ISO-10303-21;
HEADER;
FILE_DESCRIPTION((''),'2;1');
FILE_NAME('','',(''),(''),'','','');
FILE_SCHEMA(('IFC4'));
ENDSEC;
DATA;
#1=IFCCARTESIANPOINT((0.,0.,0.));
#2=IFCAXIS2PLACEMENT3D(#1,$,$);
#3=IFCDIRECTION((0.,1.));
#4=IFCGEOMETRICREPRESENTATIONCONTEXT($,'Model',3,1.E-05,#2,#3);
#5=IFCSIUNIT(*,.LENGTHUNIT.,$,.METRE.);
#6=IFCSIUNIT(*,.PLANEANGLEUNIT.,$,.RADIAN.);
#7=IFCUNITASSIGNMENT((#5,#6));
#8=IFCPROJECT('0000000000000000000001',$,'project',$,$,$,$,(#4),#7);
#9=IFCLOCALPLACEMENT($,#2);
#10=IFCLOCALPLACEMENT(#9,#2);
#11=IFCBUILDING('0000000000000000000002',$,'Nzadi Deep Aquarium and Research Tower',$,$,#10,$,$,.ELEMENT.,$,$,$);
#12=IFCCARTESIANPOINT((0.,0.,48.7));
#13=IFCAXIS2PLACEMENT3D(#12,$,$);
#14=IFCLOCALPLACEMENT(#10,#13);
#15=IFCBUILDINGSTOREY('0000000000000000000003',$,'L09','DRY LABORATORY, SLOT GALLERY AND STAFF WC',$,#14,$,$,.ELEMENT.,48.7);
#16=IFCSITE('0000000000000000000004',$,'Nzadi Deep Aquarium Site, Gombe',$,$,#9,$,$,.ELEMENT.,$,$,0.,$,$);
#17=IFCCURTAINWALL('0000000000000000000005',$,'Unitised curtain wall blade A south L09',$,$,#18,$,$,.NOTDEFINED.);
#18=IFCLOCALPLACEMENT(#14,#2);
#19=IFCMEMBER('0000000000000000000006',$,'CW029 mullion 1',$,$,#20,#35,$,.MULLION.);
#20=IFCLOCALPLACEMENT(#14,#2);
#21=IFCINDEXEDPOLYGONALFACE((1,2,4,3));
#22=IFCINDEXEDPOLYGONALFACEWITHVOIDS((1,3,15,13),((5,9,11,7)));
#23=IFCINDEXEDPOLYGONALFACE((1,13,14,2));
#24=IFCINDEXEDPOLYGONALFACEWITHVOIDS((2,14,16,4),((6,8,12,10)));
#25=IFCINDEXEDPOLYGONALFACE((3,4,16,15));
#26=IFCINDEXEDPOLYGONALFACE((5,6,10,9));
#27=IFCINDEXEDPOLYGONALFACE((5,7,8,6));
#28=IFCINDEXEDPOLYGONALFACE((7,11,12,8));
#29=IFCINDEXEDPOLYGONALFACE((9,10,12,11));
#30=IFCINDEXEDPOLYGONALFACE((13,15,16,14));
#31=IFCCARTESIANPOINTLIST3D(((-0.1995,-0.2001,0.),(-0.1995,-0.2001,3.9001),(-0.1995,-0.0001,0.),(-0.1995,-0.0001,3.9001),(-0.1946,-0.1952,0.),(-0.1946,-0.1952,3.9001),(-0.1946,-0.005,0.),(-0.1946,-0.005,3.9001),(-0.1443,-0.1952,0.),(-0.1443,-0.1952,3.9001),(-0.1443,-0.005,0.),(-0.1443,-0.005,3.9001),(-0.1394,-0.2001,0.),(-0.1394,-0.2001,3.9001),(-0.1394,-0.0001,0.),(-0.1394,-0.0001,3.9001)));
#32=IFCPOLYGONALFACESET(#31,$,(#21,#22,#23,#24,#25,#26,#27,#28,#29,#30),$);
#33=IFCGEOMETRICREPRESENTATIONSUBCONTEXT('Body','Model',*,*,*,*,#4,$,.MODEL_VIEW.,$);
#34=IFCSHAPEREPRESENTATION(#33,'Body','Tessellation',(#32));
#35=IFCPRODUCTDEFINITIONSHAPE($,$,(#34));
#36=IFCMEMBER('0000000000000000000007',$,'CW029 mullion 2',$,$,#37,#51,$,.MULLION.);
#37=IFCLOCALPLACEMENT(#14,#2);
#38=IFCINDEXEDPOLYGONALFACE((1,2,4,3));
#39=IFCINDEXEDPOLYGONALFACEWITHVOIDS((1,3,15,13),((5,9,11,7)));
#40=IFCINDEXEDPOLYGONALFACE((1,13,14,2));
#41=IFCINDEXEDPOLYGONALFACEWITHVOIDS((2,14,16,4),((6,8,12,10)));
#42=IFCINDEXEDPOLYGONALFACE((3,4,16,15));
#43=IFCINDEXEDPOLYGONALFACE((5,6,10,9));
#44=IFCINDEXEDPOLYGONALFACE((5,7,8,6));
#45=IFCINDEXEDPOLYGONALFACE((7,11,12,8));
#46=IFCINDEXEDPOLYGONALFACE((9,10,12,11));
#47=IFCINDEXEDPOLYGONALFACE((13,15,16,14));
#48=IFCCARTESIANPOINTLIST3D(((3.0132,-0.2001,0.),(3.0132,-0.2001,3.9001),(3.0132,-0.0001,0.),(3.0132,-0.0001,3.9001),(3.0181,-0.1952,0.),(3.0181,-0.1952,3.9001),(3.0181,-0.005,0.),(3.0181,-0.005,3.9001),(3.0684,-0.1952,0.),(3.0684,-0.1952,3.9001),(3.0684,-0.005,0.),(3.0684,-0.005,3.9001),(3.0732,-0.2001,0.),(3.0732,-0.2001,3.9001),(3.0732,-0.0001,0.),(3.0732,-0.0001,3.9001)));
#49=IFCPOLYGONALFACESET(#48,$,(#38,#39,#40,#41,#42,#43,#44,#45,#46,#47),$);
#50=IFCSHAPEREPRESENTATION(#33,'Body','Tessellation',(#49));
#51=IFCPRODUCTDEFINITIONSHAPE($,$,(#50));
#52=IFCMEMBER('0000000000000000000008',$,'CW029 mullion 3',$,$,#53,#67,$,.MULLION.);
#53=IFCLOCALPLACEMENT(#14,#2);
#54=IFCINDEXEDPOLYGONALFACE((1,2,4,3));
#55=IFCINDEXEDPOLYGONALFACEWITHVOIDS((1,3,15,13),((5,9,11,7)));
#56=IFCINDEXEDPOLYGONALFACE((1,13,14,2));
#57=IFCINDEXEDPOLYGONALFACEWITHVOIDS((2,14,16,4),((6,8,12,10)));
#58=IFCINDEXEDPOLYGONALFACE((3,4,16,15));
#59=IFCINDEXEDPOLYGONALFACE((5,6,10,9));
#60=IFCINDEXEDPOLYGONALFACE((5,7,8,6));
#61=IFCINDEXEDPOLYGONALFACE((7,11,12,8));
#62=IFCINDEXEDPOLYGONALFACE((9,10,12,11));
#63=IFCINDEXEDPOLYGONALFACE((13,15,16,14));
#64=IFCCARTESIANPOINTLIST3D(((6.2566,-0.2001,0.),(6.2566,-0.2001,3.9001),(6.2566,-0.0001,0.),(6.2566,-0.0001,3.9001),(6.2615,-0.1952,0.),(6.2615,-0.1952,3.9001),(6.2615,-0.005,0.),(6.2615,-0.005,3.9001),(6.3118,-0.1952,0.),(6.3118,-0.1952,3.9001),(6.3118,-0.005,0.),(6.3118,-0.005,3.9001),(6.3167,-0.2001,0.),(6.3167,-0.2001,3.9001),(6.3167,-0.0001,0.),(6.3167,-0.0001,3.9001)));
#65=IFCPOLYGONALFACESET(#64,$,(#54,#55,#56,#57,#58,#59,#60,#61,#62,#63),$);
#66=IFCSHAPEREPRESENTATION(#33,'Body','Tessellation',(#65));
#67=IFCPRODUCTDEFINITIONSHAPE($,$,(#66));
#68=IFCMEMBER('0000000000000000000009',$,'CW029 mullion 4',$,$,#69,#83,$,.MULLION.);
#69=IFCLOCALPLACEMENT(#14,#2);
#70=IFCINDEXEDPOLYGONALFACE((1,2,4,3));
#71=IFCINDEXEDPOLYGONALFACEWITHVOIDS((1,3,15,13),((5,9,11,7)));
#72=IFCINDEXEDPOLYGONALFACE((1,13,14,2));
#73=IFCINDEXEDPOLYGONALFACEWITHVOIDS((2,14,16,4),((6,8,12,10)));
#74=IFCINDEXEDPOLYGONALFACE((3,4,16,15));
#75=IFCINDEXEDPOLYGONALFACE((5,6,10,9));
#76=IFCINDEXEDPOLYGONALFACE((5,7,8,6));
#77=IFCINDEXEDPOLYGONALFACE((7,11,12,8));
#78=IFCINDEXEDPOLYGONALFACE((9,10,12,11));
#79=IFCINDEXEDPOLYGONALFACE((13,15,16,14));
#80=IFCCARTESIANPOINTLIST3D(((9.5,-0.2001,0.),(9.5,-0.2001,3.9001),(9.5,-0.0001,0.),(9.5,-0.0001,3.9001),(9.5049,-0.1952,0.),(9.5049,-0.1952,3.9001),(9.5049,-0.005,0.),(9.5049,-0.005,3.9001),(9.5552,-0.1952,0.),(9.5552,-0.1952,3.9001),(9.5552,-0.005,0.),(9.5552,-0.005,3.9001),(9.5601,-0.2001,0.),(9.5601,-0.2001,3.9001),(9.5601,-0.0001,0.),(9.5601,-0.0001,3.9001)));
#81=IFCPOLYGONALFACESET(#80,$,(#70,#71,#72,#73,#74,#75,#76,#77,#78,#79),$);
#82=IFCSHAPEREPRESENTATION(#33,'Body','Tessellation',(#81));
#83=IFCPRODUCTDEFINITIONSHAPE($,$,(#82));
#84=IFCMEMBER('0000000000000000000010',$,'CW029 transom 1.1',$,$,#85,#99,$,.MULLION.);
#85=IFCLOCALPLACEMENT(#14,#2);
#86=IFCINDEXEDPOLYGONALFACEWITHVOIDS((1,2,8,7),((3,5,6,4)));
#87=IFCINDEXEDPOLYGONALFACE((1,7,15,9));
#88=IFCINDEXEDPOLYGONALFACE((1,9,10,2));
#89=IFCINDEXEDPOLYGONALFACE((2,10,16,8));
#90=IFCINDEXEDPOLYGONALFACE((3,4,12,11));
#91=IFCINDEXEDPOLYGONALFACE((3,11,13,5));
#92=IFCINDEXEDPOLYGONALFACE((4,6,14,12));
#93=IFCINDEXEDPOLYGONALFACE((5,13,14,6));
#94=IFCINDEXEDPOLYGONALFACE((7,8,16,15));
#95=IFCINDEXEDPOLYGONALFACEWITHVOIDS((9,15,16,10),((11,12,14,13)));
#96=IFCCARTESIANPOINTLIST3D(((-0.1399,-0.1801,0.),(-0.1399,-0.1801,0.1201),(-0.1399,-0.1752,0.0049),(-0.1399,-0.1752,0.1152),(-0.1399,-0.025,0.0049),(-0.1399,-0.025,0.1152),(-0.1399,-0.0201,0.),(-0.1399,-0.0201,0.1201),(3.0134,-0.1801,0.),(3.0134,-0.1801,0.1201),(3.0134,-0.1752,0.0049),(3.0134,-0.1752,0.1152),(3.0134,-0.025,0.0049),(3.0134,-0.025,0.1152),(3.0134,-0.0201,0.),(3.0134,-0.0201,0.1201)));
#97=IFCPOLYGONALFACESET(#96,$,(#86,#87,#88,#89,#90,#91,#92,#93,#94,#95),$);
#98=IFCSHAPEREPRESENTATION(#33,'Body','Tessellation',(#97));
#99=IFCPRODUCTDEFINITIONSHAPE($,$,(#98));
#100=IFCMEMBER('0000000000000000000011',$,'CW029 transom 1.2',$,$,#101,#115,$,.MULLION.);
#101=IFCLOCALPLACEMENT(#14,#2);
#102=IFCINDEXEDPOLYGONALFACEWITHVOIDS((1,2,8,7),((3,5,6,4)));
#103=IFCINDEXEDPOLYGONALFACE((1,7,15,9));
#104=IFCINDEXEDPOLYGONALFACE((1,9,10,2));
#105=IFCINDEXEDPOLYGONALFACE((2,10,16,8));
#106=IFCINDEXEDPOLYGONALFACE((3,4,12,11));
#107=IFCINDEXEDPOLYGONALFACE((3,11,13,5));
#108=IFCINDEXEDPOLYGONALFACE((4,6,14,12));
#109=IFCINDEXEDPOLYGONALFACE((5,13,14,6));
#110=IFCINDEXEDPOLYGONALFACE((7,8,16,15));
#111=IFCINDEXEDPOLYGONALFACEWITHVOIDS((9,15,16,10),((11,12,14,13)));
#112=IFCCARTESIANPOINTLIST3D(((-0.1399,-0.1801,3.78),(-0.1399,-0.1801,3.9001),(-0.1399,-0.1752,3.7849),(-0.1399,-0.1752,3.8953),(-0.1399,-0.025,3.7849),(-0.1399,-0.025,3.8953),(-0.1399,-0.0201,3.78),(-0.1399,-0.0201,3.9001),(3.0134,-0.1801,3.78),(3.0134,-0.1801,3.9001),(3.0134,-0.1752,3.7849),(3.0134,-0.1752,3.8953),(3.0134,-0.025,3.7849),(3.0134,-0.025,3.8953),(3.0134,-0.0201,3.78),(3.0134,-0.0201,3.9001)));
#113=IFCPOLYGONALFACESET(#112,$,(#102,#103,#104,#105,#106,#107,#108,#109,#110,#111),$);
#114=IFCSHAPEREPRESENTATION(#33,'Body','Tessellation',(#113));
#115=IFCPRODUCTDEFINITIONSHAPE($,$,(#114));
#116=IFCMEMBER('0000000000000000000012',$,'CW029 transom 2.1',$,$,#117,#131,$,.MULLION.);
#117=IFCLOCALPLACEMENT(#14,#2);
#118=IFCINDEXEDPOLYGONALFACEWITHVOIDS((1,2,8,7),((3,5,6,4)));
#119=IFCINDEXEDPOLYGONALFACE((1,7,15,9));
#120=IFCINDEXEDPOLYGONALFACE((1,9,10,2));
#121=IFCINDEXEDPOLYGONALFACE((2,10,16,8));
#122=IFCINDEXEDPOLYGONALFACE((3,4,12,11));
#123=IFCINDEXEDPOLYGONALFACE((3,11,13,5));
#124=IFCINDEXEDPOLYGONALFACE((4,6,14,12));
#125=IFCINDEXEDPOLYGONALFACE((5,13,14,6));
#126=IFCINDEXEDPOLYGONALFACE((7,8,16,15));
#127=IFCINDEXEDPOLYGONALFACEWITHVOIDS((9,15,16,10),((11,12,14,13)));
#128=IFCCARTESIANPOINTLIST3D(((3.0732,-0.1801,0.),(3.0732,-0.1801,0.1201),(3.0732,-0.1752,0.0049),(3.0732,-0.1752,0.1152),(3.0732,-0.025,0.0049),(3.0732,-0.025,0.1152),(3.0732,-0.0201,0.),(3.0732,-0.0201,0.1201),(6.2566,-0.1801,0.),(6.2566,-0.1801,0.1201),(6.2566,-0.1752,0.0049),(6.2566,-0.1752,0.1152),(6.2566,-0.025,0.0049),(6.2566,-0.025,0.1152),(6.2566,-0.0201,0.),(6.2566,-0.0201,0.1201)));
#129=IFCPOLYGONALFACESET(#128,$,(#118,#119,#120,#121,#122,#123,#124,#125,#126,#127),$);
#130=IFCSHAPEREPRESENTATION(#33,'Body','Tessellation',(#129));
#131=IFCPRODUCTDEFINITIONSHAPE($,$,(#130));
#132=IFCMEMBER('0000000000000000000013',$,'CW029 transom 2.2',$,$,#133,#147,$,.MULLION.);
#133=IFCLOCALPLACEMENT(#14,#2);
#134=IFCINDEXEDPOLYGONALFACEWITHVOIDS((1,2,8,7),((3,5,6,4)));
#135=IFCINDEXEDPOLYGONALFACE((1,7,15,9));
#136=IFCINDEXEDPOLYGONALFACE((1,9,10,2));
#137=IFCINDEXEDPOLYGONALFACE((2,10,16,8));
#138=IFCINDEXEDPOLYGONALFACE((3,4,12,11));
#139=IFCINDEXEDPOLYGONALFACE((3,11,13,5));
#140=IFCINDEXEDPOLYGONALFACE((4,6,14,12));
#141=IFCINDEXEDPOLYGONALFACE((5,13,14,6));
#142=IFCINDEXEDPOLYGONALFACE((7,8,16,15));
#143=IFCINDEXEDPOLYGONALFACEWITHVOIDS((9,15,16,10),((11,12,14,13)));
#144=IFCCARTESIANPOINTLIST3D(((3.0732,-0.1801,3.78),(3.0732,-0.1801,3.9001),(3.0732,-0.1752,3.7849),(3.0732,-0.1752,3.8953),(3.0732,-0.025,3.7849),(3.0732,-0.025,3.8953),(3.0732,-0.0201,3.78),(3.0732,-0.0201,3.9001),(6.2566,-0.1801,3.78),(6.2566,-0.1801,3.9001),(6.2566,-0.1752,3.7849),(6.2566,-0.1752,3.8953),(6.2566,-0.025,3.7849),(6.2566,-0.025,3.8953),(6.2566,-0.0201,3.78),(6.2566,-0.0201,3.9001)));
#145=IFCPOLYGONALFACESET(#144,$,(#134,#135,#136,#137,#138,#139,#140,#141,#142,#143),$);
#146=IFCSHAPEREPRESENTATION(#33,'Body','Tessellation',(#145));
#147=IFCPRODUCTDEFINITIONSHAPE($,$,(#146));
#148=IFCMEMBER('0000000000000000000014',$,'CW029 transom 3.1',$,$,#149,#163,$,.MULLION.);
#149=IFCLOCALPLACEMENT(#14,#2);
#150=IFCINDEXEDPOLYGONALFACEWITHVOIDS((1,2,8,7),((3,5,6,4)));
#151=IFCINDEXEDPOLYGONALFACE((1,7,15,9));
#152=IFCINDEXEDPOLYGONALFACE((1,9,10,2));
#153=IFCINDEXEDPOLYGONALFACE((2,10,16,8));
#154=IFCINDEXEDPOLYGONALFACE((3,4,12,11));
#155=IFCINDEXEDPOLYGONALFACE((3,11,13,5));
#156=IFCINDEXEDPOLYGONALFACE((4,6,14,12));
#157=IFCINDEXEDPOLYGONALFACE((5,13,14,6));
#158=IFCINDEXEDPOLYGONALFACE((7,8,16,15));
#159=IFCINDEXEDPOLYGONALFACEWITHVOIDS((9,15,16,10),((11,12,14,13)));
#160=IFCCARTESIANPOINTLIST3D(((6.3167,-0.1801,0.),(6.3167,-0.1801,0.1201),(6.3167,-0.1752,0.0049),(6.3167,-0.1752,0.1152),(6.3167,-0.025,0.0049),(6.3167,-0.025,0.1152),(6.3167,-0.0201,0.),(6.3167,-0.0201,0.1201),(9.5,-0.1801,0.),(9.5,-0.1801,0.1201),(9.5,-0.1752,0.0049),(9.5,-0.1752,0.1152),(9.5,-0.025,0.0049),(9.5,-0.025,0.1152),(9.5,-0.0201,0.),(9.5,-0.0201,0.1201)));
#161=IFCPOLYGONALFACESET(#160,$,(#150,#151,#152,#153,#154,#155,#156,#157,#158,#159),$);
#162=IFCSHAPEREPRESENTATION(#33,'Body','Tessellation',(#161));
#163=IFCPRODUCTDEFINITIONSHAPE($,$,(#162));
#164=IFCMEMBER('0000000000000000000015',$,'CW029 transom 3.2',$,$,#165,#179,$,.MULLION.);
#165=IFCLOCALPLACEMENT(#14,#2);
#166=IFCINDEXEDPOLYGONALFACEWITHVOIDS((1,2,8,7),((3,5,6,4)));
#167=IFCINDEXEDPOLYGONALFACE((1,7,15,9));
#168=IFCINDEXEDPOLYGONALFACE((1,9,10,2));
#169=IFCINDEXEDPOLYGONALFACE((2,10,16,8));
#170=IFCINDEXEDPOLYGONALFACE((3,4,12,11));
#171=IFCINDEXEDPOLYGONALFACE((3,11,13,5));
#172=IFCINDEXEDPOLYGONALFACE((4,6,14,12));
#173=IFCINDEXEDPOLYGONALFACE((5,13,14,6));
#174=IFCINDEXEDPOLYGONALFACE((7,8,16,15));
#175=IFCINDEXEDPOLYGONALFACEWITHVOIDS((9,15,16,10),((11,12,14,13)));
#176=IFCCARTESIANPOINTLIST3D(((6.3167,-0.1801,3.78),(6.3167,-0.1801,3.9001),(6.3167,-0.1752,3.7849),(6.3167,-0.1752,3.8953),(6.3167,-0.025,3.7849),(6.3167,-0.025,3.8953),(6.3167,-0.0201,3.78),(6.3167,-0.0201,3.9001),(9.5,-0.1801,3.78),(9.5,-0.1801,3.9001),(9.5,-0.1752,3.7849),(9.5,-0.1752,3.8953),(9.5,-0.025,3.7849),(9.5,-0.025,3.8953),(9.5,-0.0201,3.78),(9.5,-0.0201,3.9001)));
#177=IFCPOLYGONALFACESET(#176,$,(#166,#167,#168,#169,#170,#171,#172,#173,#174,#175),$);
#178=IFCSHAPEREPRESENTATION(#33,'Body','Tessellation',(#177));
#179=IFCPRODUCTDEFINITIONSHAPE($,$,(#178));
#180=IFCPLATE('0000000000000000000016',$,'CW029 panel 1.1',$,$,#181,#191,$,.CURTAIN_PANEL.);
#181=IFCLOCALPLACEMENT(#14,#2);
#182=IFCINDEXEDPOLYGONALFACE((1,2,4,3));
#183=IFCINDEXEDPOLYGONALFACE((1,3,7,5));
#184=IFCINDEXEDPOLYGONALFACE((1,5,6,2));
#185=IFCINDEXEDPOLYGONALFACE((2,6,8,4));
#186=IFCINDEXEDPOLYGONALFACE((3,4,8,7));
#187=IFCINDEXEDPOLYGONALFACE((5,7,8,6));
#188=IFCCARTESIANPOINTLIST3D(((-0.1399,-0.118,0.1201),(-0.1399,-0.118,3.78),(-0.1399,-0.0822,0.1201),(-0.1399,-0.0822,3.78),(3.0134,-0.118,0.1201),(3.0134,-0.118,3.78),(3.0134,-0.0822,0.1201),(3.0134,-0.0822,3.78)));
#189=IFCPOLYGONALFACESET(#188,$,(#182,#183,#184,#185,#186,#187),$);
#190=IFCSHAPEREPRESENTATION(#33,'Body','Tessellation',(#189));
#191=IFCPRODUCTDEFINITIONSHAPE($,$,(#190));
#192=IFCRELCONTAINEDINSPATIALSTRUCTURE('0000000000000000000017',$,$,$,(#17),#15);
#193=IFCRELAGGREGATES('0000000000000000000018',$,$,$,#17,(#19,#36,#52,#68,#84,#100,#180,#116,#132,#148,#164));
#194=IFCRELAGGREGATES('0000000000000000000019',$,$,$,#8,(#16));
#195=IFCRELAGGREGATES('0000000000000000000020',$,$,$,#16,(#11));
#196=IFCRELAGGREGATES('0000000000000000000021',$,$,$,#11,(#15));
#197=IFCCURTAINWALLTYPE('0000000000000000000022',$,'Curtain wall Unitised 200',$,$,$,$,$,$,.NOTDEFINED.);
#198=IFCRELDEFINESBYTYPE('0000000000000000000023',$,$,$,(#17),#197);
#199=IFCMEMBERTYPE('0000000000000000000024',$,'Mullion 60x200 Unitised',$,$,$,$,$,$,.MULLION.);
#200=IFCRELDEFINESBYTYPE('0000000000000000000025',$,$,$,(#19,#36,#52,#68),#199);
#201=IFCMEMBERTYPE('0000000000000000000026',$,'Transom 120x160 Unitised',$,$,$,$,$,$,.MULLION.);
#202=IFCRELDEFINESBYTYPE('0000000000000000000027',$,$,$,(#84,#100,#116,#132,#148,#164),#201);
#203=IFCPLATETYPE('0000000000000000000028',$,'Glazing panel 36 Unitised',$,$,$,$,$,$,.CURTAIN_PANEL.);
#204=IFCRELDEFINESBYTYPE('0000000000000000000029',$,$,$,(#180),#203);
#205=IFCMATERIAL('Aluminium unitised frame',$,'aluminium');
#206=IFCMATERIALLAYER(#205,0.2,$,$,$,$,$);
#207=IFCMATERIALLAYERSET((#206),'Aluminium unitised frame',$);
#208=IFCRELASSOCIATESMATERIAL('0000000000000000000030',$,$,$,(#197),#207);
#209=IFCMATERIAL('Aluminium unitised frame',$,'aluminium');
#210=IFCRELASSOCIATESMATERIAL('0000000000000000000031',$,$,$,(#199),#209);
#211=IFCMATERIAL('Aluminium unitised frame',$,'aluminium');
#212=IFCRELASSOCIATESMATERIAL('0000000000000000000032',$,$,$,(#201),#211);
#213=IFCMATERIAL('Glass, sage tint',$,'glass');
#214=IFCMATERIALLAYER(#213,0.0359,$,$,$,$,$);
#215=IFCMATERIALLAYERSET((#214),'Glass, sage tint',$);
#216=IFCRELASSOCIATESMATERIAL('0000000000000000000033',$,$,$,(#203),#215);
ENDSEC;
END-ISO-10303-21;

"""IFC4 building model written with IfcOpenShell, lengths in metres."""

from ifc_helpers import new_model, si_unit, direction, frame, origin, origin_2d, place, context, subcontext, project, spatial, rectangle, hollow_rectangle, extrude, material, layer, layer_set, material_profile, profile_set, type_object, element, aggregate, save


model = new_model("IFC4")

# Units and contexts
model_context = context("Model", 3, precision=1e-05, world=origin(), true_north=direction((0.0, 1.0)))
body_context = subcontext(model_context, "Body", "Model", "MODEL_VIEW")
ifc_project = project(units=[si_unit("LENGTHUNIT", "METRE"), si_unit("PLANEANGLEUNIT", "RADIAN")], contexts=[model_context])

# Site, building, storey
site_placement = place(None, origin())
site = spatial("IfcSite", under=ifc_project, at=site_placement, Name="Nzadi Deep Aquarium Site, Gombe", CompositionType="ELEMENT", RefElevation=0.0)
building_placement = place(site_placement, origin())
building = spatial("IfcBuilding", under=site, at=building_placement, Name="Nzadi Deep Aquarium and Research Tower", CompositionType="ELEMENT")
storey_placement = place(building_placement, frame((0.0, 0.0, 48.7)))
storey = spatial("IfcBuildingStorey", under=building, at=storey_placement, Name="L09", Description="DRY LABORATORY, SLOT GALLERY AND STAFF WC", CompositionType="ELEMENT", Elevation=48.7)

# Curtain wall, members, plate
ifc_material_1 = material(Name="Aluminium unitised frame", Category="aluminium")
ifc_layer_1 = layer(ifc_material_1, 0.2)
ifc_layer_set_1 = layer_set([ifc_layer_1], Name="Aluminium unitised frame")
curtain_wall_type = type_object("IfcCurtainWallType", Name="Curtain wall Unitised 200", PredefinedType="NOTDEFINED", material=ifc_layer_set_1)
curtain_wall_placement = place(storey_placement, origin())
curtain_wall = element("IfcCurtainWall", 1, at=curtain_wall_placement, inside=storey, type_object=curtain_wall_type, Name="Unitised curtain wall blade A south L09", PredefinedType="NOTDEFINED")
ifc_material_2 = material(Name="Aluminium unitised frame", Category="aluminium")
ifc_material_profile_1 = material_profile(ifc_material_2, hollow_rectangle(XDim=0.2, YDim=0.0601, WallThickness=0.0049, at=origin_2d()))
ifc_profile_set_1 = profile_set([ifc_material_profile_1], Name="Aluminium unitised frame")
member_type_1 = type_object("IfcMemberType", Name="Mullion 60x200 Unitised", PredefinedType="MULLION", material=ifc_profile_set_1)
member_1_placement = place(storey_placement, frame((-0.1694, -0.1001, 0.0), z_axis=(0.0, 0.0, 1.0), x_axis=(0.0, 1.0, 0.0)))
member_1 = element("IfcMember", 2, at=member_1_placement, type_object=member_type_1, Name="CW029 mullion 1", PredefinedType="MULLION", context=body_context, shape_type="SweptSolid", body=[
    extrude(hollow_rectangle(XDim=0.2, YDim=0.0601, WallThickness=0.0049, at=origin_2d()), origin(), (0.0, 0.0, 1.0), 3.9001),
])
member_2_placement = place(storey_placement, frame((3.0432, -0.1001, 0.0), z_axis=(0.0, 0.0, 1.0), x_axis=(0.0, 1.0, 0.0)))
member_2 = element("IfcMember", 3, at=member_2_placement, type_object=member_type_1, Name="CW029 mullion 2", PredefinedType="MULLION", context=body_context, shape_type="SweptSolid", body=[
    extrude(hollow_rectangle(XDim=0.2, YDim=0.0601, WallThickness=0.0049, at=origin_2d()), origin(), (0.0, 0.0, 1.0), 3.9001),
])
member_3_placement = place(storey_placement, frame((6.2866, -0.1001, 0.0), z_axis=(0.0, 0.0, 1.0), x_axis=(0.0, 1.0, 0.0)))
member_3 = element("IfcMember", 4, at=member_3_placement, type_object=member_type_1, Name="CW029 mullion 3", PredefinedType="MULLION", context=body_context, shape_type="SweptSolid", body=[
    extrude(hollow_rectangle(XDim=0.2, YDim=0.0601, WallThickness=0.0049, at=origin_2d()), origin(), (0.0, 0.0, 1.0), 3.9001),
])
member_4_placement = place(storey_placement, frame((9.53, -0.1001, 0.0), z_axis=(0.0, 0.0, 1.0), x_axis=(0.0, 1.0, 0.0)))
member_4 = element("IfcMember", 5, at=member_4_placement, type_object=member_type_1, Name="CW029 mullion 4", PredefinedType="MULLION", context=body_context, shape_type="SweptSolid", body=[
    extrude(hollow_rectangle(XDim=0.2, YDim=0.0601, WallThickness=0.0049, at=origin_2d()), origin(), (0.0, 0.0, 1.0), 3.9001),
])
ifc_material_3 = material(Name="Aluminium unitised frame", Category="aluminium")
ifc_material_profile_2 = material_profile(ifc_material_3, hollow_rectangle(XDim=0.1599, YDim=0.1201, WallThickness=0.0049, at=origin_2d()))
ifc_profile_set_2 = profile_set([ifc_material_profile_2], Name="Aluminium unitised frame")
member_type_2 = type_object("IfcMemberType", Name="Transom 120x160 Unitised", PredefinedType="MULLION", material=ifc_profile_set_2)
member_5_placement = place(storey_placement, frame((-0.1399, -0.1001, 0.0601), z_axis=(1.0, 0.0, 0.0), x_axis=(0.0, 1.0, 0.0)))
member_5 = element("IfcMember", 6, at=member_5_placement, type_object=member_type_2, Name="CW029 transom 1.1", PredefinedType="MULLION", context=body_context, shape_type="SweptSolid", body=[
    extrude(hollow_rectangle(XDim=0.1599, YDim=0.1201, WallThickness=0.0049, at=origin_2d()), origin(), (0.0, 0.0, 1.0), 3.1533),
])
member_6_placement = place(storey_placement, frame((-0.1399, -0.1001, 3.8401), z_axis=(1.0, 0.0, 0.0), x_axis=(0.0, 1.0, 0.0)))
member_6 = element("IfcMember", 7, at=member_6_placement, type_object=member_type_2, Name="CW029 transom 1.2", PredefinedType="MULLION", context=body_context, shape_type="SweptSolid", body=[
    extrude(hollow_rectangle(XDim=0.1599, YDim=0.1201, WallThickness=0.0049, at=origin_2d()), origin(), (0.0, 0.0, 1.0), 3.1533),
])
member_7_placement = place(storey_placement, frame((3.0732, -0.1001, 0.0601), z_axis=(1.0, 0.0, 0.0), x_axis=(0.0, 1.0, 0.0)))
member_7 = element("IfcMember", 8, at=member_7_placement, type_object=member_type_2, Name="CW029 transom 2.1", PredefinedType="MULLION", context=body_context, shape_type="SweptSolid", body=[
    extrude(hollow_rectangle(XDim=0.1599, YDim=0.1201, WallThickness=0.0049, at=origin_2d()), origin(), (0.0, 0.0, 1.0), 3.1833),
])
member_8_placement = place(storey_placement, frame((3.0732, -0.1001, 3.8401), z_axis=(1.0, 0.0, 0.0), x_axis=(0.0, 1.0, 0.0)))
member_8 = element("IfcMember", 9, at=member_8_placement, type_object=member_type_2, Name="CW029 transom 2.2", PredefinedType="MULLION", context=body_context, shape_type="SweptSolid", body=[
    extrude(hollow_rectangle(XDim=0.1599, YDim=0.1201, WallThickness=0.0049, at=origin_2d()), origin(), (0.0, 0.0, 1.0), 3.1833),
])
member_9_placement = place(storey_placement, frame((6.3167, -0.1001, 0.0601), z_axis=(1.0, 0.0, 0.0), x_axis=(0.0, 1.0, 0.0)))
member_9 = element("IfcMember", 10, at=member_9_placement, type_object=member_type_2, Name="CW029 transom 3.1", PredefinedType="MULLION", context=body_context, shape_type="SweptSolid", body=[
    extrude(hollow_rectangle(XDim=0.1599, YDim=0.1201, WallThickness=0.0049, at=origin_2d()), origin(), (0.0, 0.0, 1.0), 3.1833),
])
member_10_placement = place(storey_placement, frame((6.3167, -0.1001, 3.8401), z_axis=(1.0, 0.0, 0.0), x_axis=(0.0, 1.0, 0.0)))
member_10 = element("IfcMember", 11, at=member_10_placement, type_object=member_type_2, Name="CW029 transom 3.2", PredefinedType="MULLION", context=body_context, shape_type="SweptSolid", body=[
    extrude(hollow_rectangle(XDim=0.1599, YDim=0.1201, WallThickness=0.0049, at=origin_2d()), origin(), (0.0, 0.0, 1.0), 3.1833),
])
ifc_material_4 = material(Name="Glass, sage tint", Category="glass")
ifc_layer_2 = layer(ifc_material_4, 0.0359)
ifc_layer_set_2 = layer_set([ifc_layer_2], Name="Glass, sage tint")
plate_type = type_object("IfcPlateType", Name="Glazing panel 36 Unitised", PredefinedType="CURTAIN_PANEL", material=ifc_layer_set_2)
plate_1_placement = place(storey_placement, frame((1.4368, -0.1001, 0.1201), z_axis=(0.0, 0.0, 1.0), x_axis=(1.0, 0.0, 0.0)))
plate_1 = element("IfcPlate", 12, at=plate_1_placement, type_object=plate_type, Name="CW029 panel 1.1", PredefinedType="CURTAIN_PANEL", context=body_context, shape_type="SweptSolid", body=[
    extrude(rectangle(XDim=3.1533, YDim=0.0359, at=origin_2d()), origin(), (0.0, 0.0, 1.0), 3.6599),
])
aggregate(curtain_wall, [member_1, member_2, member_3, member_4, member_5, member_6, plate_1, member_7, member_8, member_9, member_10])

save(model, "model.ifc")
